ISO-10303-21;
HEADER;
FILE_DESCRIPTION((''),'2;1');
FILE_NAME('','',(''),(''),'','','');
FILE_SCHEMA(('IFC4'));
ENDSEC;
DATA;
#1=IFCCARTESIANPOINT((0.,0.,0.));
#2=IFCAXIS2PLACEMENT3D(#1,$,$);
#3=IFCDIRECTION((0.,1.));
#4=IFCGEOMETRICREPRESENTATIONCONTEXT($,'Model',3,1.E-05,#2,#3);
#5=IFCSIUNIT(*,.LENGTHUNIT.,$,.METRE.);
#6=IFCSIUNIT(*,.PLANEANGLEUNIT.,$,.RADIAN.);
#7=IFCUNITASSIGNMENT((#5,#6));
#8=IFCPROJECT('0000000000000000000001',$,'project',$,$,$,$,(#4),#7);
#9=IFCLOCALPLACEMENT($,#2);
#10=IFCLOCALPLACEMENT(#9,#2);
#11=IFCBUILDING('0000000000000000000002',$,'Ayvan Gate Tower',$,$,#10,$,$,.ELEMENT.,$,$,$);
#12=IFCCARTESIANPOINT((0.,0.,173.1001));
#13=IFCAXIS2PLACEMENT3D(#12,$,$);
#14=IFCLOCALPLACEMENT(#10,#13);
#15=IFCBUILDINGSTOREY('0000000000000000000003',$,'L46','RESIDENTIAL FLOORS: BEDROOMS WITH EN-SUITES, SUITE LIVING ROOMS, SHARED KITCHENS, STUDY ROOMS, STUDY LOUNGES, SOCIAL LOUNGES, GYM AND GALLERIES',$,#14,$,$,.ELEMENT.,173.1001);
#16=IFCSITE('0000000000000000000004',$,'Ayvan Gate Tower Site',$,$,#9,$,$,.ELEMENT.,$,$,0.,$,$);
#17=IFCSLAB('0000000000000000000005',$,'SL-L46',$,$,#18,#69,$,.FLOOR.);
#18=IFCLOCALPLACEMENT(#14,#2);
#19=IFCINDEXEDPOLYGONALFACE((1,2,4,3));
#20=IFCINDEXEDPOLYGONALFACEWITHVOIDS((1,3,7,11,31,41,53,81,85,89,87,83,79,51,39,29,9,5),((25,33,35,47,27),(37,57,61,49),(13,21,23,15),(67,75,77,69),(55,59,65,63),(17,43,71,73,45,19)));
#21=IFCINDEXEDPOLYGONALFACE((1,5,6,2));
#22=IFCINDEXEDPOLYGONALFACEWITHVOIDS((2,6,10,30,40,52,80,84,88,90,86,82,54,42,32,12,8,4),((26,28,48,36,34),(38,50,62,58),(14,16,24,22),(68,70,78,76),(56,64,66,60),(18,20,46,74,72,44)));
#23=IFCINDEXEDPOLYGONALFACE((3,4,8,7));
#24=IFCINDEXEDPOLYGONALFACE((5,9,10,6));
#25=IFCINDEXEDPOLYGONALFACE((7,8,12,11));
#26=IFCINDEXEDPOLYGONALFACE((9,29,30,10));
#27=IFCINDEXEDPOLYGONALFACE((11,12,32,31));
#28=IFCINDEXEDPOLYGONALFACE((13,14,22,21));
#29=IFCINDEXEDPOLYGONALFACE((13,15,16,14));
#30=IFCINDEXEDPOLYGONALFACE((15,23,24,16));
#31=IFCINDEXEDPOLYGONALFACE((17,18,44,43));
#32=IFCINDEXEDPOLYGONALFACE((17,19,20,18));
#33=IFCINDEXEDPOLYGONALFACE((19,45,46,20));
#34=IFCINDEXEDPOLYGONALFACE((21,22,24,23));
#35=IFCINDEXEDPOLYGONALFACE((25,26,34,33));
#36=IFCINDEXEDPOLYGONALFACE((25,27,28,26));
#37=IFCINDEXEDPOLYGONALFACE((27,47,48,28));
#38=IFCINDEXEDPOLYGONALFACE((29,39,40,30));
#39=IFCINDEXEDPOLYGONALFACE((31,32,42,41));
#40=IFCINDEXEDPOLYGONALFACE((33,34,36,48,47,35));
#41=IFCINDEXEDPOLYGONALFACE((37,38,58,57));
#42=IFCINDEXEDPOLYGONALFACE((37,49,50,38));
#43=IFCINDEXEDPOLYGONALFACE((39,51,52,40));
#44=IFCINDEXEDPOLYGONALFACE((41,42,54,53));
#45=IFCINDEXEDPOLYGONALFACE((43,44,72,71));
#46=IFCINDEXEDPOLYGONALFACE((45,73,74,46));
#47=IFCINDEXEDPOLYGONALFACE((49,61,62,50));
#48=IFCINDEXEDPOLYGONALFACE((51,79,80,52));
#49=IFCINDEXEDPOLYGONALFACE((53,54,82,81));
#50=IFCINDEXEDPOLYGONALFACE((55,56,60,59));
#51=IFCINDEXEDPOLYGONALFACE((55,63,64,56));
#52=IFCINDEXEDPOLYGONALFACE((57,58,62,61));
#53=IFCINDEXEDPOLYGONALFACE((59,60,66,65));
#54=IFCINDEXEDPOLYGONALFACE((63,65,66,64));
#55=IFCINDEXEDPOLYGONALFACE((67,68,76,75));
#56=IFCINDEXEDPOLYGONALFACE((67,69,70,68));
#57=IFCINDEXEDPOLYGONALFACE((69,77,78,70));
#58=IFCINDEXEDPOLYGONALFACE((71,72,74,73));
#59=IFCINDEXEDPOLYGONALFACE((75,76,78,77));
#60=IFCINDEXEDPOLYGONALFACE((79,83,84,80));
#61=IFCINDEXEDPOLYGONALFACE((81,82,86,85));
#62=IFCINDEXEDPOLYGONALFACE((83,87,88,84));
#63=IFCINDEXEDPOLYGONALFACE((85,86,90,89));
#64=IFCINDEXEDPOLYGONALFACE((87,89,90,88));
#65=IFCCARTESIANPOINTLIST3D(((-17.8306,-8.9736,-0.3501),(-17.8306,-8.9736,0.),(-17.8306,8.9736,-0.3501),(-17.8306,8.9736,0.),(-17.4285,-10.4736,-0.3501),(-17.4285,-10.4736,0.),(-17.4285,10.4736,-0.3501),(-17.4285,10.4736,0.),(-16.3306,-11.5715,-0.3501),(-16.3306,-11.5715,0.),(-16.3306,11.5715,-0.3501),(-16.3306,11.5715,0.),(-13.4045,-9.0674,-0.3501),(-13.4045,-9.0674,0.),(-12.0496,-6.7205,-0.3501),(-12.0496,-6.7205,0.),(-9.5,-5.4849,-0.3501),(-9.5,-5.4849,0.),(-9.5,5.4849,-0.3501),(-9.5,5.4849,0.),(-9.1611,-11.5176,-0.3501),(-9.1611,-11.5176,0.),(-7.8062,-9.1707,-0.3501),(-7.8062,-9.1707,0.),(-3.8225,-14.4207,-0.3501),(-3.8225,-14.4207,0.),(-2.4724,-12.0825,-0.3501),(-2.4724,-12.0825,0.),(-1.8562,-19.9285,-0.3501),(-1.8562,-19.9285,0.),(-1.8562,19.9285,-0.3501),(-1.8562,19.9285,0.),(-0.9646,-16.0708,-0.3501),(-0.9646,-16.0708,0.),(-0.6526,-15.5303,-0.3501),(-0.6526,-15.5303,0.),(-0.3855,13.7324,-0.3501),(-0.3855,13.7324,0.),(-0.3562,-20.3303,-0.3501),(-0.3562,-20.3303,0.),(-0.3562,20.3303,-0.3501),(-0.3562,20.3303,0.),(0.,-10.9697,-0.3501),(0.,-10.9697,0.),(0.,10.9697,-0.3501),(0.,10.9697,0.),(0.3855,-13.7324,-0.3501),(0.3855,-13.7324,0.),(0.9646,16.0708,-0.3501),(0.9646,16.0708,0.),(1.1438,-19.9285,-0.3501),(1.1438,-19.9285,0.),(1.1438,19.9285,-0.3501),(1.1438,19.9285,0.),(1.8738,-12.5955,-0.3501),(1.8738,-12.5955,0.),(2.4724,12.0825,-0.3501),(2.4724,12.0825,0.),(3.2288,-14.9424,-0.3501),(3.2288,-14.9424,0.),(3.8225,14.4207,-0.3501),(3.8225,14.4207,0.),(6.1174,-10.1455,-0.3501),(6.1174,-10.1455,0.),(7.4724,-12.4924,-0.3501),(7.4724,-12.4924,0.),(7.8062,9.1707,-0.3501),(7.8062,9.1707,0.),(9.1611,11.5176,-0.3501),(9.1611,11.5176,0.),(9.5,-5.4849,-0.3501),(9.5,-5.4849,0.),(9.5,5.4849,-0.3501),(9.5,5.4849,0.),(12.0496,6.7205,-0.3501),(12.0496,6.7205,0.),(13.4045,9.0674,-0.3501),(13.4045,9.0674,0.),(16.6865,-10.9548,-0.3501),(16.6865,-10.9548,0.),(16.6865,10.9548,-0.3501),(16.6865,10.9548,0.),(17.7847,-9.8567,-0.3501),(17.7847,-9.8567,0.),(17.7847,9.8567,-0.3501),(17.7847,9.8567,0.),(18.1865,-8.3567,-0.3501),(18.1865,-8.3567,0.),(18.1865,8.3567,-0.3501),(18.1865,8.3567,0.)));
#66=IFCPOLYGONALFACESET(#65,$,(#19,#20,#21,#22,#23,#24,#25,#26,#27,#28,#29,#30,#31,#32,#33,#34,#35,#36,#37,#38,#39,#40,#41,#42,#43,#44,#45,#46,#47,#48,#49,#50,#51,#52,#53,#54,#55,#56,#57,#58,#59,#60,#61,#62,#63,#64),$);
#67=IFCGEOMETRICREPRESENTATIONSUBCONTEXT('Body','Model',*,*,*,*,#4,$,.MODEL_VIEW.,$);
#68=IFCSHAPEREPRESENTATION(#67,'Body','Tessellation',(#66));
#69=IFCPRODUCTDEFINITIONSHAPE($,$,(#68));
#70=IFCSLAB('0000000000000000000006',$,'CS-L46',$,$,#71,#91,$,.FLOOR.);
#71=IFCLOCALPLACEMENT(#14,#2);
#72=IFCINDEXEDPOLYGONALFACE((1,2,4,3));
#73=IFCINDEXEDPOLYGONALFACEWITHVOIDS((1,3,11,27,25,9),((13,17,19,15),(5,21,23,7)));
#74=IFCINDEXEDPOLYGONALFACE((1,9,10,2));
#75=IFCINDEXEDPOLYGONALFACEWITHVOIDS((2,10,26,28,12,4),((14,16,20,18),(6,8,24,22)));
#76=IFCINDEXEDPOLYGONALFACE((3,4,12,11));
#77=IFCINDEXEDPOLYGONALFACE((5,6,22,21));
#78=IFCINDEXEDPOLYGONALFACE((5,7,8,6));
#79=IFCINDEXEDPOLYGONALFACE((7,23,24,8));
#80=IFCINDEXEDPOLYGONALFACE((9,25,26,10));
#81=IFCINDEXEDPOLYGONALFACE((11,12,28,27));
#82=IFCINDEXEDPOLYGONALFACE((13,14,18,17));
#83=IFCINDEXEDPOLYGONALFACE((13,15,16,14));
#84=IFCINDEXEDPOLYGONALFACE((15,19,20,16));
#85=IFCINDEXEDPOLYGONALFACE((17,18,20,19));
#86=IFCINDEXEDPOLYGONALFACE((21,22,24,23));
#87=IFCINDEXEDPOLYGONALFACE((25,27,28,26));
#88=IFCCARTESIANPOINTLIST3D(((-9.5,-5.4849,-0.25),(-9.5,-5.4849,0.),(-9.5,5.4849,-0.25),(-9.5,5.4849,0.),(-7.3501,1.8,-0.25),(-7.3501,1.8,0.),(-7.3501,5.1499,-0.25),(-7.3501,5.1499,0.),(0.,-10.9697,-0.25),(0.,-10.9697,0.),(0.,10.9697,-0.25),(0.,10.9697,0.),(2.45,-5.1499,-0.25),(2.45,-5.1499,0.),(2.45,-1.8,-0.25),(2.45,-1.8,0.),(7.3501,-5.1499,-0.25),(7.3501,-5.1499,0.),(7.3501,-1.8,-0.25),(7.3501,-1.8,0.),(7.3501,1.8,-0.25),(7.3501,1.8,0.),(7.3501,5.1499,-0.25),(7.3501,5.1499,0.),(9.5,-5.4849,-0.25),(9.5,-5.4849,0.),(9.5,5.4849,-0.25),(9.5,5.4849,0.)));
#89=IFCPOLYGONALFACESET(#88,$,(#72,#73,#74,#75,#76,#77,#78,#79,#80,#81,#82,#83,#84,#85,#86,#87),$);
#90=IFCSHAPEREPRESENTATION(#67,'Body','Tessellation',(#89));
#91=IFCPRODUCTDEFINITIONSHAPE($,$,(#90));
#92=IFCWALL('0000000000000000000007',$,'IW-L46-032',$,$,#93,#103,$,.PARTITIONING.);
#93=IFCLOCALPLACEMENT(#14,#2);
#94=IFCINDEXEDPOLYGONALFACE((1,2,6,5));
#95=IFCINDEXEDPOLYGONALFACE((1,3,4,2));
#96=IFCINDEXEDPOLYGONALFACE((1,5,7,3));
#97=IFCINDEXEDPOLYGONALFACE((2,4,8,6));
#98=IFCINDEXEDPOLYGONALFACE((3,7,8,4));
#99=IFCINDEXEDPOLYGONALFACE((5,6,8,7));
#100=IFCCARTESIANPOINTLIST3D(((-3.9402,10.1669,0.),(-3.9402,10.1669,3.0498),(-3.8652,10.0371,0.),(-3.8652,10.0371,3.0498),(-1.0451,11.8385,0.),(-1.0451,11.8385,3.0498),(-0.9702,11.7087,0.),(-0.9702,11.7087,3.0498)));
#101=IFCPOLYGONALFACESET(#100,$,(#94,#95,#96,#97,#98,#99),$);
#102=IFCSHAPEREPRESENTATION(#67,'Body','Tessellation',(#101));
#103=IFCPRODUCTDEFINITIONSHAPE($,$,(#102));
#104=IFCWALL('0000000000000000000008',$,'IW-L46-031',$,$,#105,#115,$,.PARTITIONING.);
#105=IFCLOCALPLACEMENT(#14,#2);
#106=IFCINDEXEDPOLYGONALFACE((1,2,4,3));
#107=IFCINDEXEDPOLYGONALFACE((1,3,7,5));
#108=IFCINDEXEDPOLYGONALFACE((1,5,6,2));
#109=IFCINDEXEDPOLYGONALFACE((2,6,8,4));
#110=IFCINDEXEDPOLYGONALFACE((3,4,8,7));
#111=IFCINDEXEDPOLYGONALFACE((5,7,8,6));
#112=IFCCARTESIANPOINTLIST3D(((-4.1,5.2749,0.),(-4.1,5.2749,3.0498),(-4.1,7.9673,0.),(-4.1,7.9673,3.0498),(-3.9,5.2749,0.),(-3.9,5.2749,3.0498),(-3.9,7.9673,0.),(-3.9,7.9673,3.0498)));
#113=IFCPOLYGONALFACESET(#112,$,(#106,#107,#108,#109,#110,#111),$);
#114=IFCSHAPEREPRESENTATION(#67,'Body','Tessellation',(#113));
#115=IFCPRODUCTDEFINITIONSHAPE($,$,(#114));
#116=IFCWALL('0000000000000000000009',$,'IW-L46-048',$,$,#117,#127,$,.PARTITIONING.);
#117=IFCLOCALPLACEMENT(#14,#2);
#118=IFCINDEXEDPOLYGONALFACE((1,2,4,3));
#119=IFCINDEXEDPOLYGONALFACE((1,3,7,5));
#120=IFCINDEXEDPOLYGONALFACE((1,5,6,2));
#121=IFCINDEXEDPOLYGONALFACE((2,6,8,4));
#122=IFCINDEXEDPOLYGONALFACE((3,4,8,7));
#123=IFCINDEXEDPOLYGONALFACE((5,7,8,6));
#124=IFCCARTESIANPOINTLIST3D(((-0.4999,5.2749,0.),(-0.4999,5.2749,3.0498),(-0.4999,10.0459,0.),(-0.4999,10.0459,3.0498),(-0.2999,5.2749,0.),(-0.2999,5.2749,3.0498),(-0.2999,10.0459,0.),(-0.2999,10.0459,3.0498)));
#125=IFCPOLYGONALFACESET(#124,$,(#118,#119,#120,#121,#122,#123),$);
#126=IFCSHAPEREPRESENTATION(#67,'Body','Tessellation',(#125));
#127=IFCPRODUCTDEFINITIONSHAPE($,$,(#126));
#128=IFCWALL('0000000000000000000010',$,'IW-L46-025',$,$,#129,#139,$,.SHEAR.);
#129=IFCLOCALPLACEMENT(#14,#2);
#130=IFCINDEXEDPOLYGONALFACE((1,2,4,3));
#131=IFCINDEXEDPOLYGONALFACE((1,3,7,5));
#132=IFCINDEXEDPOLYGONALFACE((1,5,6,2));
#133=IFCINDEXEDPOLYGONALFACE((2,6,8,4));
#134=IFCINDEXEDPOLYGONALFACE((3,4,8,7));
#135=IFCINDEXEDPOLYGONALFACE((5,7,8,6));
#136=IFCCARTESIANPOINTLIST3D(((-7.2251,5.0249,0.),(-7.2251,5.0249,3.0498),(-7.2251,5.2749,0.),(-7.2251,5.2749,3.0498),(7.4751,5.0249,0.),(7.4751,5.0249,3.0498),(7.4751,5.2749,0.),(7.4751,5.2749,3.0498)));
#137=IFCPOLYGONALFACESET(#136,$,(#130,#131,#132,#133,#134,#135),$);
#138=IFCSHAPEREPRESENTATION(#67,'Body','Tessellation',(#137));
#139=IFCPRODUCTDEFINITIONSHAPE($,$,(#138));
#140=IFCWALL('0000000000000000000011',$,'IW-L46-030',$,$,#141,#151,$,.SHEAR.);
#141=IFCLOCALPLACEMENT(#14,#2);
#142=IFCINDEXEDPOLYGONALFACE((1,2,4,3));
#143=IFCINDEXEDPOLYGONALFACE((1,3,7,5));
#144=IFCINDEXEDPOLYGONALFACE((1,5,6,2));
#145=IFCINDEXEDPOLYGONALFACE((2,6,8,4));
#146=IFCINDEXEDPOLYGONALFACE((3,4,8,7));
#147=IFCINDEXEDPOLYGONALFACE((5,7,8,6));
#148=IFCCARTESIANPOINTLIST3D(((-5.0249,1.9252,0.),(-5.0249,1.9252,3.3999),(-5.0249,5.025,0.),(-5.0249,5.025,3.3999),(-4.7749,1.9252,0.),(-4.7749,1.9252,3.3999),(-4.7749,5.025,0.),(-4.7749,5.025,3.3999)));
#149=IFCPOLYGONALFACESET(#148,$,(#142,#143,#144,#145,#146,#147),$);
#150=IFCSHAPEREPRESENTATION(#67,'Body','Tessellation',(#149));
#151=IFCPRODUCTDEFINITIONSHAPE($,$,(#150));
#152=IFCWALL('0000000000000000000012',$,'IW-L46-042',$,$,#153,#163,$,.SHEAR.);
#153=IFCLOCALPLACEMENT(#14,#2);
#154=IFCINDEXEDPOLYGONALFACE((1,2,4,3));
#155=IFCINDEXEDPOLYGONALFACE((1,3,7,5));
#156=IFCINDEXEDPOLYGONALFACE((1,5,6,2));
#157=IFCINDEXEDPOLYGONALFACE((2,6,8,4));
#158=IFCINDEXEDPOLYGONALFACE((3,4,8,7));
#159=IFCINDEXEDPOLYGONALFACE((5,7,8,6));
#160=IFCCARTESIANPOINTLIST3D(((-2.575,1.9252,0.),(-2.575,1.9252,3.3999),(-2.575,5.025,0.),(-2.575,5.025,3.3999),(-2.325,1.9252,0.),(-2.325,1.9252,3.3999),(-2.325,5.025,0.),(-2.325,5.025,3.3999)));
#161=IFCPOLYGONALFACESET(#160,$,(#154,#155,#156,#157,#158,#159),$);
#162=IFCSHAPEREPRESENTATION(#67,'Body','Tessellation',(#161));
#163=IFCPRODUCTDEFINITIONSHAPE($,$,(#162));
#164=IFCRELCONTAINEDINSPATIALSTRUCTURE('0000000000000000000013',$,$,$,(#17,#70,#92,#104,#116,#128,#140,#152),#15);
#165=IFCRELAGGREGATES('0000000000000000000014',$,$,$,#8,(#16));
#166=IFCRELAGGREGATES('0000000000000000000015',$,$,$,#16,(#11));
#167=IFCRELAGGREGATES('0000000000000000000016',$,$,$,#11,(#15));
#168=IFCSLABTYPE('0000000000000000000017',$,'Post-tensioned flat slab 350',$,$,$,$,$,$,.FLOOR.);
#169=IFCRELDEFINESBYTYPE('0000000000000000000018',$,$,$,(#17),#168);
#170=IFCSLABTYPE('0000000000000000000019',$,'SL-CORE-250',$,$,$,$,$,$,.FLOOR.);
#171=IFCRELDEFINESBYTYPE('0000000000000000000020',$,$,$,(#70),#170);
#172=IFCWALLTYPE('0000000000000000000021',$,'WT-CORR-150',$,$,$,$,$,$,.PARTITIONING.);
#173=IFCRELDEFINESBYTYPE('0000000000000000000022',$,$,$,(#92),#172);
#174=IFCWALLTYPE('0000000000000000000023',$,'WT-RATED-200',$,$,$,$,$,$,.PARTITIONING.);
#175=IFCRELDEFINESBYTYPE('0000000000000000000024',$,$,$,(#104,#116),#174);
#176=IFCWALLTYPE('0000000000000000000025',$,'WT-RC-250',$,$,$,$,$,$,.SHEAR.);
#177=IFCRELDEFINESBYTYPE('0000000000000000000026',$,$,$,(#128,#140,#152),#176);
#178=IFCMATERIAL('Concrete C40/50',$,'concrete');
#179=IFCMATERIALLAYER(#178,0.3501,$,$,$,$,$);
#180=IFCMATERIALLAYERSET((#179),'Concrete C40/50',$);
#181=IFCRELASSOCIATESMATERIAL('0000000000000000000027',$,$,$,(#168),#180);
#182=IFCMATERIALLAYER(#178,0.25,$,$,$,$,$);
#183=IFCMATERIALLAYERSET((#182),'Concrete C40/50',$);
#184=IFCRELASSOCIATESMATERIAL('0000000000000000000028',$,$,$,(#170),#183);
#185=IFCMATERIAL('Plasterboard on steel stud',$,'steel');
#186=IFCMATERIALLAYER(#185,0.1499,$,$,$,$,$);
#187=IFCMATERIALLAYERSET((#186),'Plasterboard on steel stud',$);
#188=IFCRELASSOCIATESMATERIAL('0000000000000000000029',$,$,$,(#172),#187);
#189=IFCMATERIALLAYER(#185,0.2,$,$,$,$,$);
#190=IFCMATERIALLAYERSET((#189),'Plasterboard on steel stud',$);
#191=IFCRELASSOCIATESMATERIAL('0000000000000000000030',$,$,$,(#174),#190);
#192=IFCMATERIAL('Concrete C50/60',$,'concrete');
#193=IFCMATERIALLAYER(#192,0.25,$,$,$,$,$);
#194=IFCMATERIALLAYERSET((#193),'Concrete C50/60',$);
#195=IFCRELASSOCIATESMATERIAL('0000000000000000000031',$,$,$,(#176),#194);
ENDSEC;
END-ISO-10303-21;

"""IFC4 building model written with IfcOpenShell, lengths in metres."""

from ifc_helpers import new_model, si_unit, direction, frame, frame_2d, origin, place, context, subcontext, project, spatial, polyline, rectangle, outline, extrude, material, layer, layer_set, type_object, element, save


model = new_model("IFC4")

# Units and contexts
model_context = context("Model", 3, precision=1e-05, world=origin(), true_north=direction((0.0, 1.0)))
body_context = subcontext(model_context, "Body", "Model", "MODEL_VIEW")
ifc_project = project(units=[si_unit("LENGTHUNIT", "METRE"), si_unit("PLANEANGLEUNIT", "RADIAN")], contexts=[model_context])

# Site, building, storey
site_placement = place(None, origin())
site = spatial("IfcSite", under=ifc_project, at=site_placement, Name="Ayvan Gate Tower Site", CompositionType="ELEMENT", RefElevation=0.0)
building_placement = place(site_placement, origin())
building = spatial("IfcBuilding", under=site, at=building_placement, Name="Ayvan Gate Tower", CompositionType="ELEMENT")
storey_placement = place(building_placement, frame((0.0, 0.0, 173.1001)))
storey = spatial("IfcBuildingStorey", under=building, at=storey_placement, Name="L46", Description="RESIDENTIAL FLOORS: BEDROOMS WITH EN-SUITES, SUITE LIVING ROOMS, SHARED KITCHENS, STUDY ROOMS, STUDY LOUNGES, SOCIAL LOUNGES, GYM AND GALLERIES", CompositionType="ELEMENT", Elevation=173.1001)

# Slabs
ifc_material_1 = material(Name="Concrete C40/50", Category="concrete")
ifc_layer_1 = layer(ifc_material_1, 0.3501)
ifc_layer_set_1 = layer_set([ifc_layer_1], Name="Concrete C40/50")
slab_type_1 = type_object("IfcSlabType", Name="Post-tensioned flat slab 350", PredefinedType="FLOOR", material=ifc_layer_set_1)
slab_1_placement = place(storey_placement, frame((0.0, 0.0, -0.3501)))
element("IfcSlab", 1, at=slab_1_placement, inside=storey, type_object=slab_type_1, Name="SL-L46", PredefinedType="FLOOR", context=body_context, shape_type="SweptSolid", body=[
    extrude(outline(polyline([(1.1438, -19.9285), (-0.3562, -20.3303), (-1.8562, -19.9285), (-16.3306, -11.5715), (-17.4285, -10.4736), (-17.8306, -8.9736), (-17.8306, 8.9736), (-17.4285, 10.4736), (-16.3306, 11.5715), (-1.8562, 19.9285), (-0.3562, 20.3303), (1.1438, 19.9285), (16.6865, 10.9548), (17.7847, 9.8567), (18.1865, 8.3567), (18.1865, -8.3567), (17.7847, -9.8567), (16.6865, -10.9548), (1.1438, -19.9285)]), holes=[polyline([(12.0496, 6.7205), (13.4045, 9.0674), (9.1611, 11.5176), (7.8062, 9.1707), (12.0496, 6.7205)]), polyline([(9.5, 5.4849), (0.0, 10.9697), (-9.5, 5.4849), (-9.5, -5.4849), (0.0, -10.9697), (9.5, -5.4849), (9.5, 5.4849)]), polyline([(1.8738, -12.5955), (3.2288, -14.9424), (7.4724, -12.4924), (6.1174, -10.1455), (1.8738, -12.5955)]), polyline([(3.8225, 14.4207), (0.9646, 16.0708), (-0.3855, 13.7324), (2.4724, 12.0825), (3.8225, 14.4207)]), polyline([(-0.6526, -15.5303), (0.3855, -13.7324), (-2.4724, -12.0825), (-3.8225, -14.4207), (-0.9646, -16.0708), (-0.6526, -15.5303)]), polyline([(-9.1611, -11.5176), (-7.8062, -9.1707), (-12.0496, -6.7205), (-13.4045, -9.0674), (-9.1611, -11.5176)])]), origin(), (0.0, 0.0, 1.0), 0.3501),
])
ifc_layer_2 = layer(ifc_material_1, 0.25)
ifc_layer_set_2 = layer_set([ifc_layer_2], Name="Concrete C40/50")
slab_type_2 = type_object("IfcSlabType", Name="SL-CORE-250", PredefinedType="FLOOR", material=ifc_layer_set_2)
slab_2_placement = place(storey_placement, frame((0.0, 0.0, -0.25)))
element("IfcSlab", 2, at=slab_2_placement, inside=storey, type_object=slab_type_2, Name="CS-L46", PredefinedType="FLOOR", context=body_context, shape_type="SweptSolid", body=[
    extrude(outline(polyline([(9.5, -5.4849), (0.0, -10.9697), (-9.5, -5.4849), (-9.5, 5.4849), (0.0, 10.9697), (9.5, 5.4849), (9.5, -5.4849)]), holes=[polyline([(-7.3501, 5.1499), (-7.3501, 1.8), (7.3501, 1.8), (7.3501, 5.1499), (-7.3501, 5.1499)]), polyline([(2.45, -1.8), (2.45, -5.1499), (7.3501, -5.1499), (7.3501, -1.8), (2.45, -1.8)])]), origin(), (0.0, 0.0, 1.0), 0.25),
])

# Walls
ifc_material_2 = material(Name="Plasterboard on steel stud", Category="steel")
ifc_layer_3 = layer(ifc_material_2, 0.1499)
ifc_layer_set_3 = layer_set([ifc_layer_3], Name="Plasterboard on steel stud")
wall_type_1 = type_object("IfcWallType", Name="WT-CORR-150", PredefinedType="PARTITIONING", material=ifc_layer_set_3)
wall_1_placement = place(storey_placement, frame((-3.9026, 10.1021, 0.0), z_axis=(0.0, 0.0, 1.0), x_axis=(0.866001, 0.500043, 0.0)))
element("IfcWall", 3, at=wall_1_placement, inside=storey, type_object=wall_type_1, Name="IW-L46-032", PredefinedType="PARTITIONING", context=body_context, shape_type="SweptSolid", body=[
    extrude(rectangle(XDim=3.343, YDim=0.1499, at=frame_2d((1.6714, 0.0))), origin(), (0.0, 0.0, 1.0), 3.0498),
])
ifc_layer_4 = layer(ifc_material_2, 0.2)
ifc_layer_set_4 = layer_set([ifc_layer_4], Name="Plasterboard on steel stud")
wall_type_2 = type_object("IfcWallType", Name="WT-RATED-200", PredefinedType="PARTITIONING", material=ifc_layer_set_4)
wall_2_placement = place(storey_placement, frame((-4.0, 7.9673, 0.0), z_axis=(0.0, 0.0, 1.0), x_axis=(0.0, -1.0, 0.0)))
element("IfcWall", 4, at=wall_2_placement, inside=storey, type_object=wall_type_2, Name="IW-L46-031", PredefinedType="PARTITIONING", context=body_context, shape_type="SweptSolid", body=[
    extrude(rectangle(XDim=2.6924, YDim=0.2, at=frame_2d((1.3462, 0.0))), origin(), (0.0, 0.0, 1.0), 3.0498),
])
wall_3_placement = place(storey_placement, frame((-0.3999, 10.0459, 0.0), z_axis=(0.0, 0.0, 1.0), x_axis=(0.0, -1.0, 0.0)))
element("IfcWall", 5, at=wall_3_placement, inside=storey, type_object=wall_type_2, Name="IW-L46-048", PredefinedType="PARTITIONING", context=body_context, shape_type="SweptSolid", body=[
    extrude(rectangle(XDim=4.771, YDim=0.2, at=frame_2d((2.3855, 0.0))), origin(), (0.0, 0.0, 1.0), 3.0498),
])
ifc_material_3 = material(Name="Concrete C50/60", Category="concrete")
ifc_layer_5 = layer(ifc_material_3, 0.25)
ifc_layer_set_5 = layer_set([ifc_layer_5], Name="Concrete C50/60")
wall_type_3 = type_object("IfcWallType", Name="WT-RC-250", PredefinedType="SHEAR", material=ifc_layer_set_5)
wall_4_placement = place(storey_placement, frame((-7.2251, 5.1499, 0.0), z_axis=(0.0, 0.0, 1.0), x_axis=(1.0, 0.0, 0.0)))
element("IfcWall", 6, at=wall_4_placement, inside=storey, type_object=wall_type_3, Name="IW-L46-025", PredefinedType="SHEAR", context=body_context, shape_type="SweptSolid", body=[
    extrude(rectangle(XDim=14.7002, YDim=0.25, at=frame_2d((7.3501, 0.0))), origin(), (0.0, 0.0, 1.0), 3.0498),
])
for number, where, z_axis, x_axis, name in (
    (7, (-4.8999, 5.0249, 0.0), (0.0, 0.0, 1.0), (0.0, -1.0, 0.0), "IW-L46-030"),
    (8, (-2.45, 5.0249, 0.0), (0.0, 0.0, 1.0), (0.0, -1.0, 0.0), "IW-L46-042"),
):
    element("IfcWall", number, at=place(storey_placement, frame(where, z_axis=z_axis, x_axis=x_axis)), inside=storey, type_object=wall_type_3, Name=name, PredefinedType="SHEAR", context=body_context, shape_type="SweptSolid", body=[
        extrude(rectangle(XDim=3.0999, YDim=0.25, at=frame_2d((1.5498, 0.0))), origin(), (0.0, 0.0, 1.0), 3.3999),
    ])

save(model, "model.ifc")
